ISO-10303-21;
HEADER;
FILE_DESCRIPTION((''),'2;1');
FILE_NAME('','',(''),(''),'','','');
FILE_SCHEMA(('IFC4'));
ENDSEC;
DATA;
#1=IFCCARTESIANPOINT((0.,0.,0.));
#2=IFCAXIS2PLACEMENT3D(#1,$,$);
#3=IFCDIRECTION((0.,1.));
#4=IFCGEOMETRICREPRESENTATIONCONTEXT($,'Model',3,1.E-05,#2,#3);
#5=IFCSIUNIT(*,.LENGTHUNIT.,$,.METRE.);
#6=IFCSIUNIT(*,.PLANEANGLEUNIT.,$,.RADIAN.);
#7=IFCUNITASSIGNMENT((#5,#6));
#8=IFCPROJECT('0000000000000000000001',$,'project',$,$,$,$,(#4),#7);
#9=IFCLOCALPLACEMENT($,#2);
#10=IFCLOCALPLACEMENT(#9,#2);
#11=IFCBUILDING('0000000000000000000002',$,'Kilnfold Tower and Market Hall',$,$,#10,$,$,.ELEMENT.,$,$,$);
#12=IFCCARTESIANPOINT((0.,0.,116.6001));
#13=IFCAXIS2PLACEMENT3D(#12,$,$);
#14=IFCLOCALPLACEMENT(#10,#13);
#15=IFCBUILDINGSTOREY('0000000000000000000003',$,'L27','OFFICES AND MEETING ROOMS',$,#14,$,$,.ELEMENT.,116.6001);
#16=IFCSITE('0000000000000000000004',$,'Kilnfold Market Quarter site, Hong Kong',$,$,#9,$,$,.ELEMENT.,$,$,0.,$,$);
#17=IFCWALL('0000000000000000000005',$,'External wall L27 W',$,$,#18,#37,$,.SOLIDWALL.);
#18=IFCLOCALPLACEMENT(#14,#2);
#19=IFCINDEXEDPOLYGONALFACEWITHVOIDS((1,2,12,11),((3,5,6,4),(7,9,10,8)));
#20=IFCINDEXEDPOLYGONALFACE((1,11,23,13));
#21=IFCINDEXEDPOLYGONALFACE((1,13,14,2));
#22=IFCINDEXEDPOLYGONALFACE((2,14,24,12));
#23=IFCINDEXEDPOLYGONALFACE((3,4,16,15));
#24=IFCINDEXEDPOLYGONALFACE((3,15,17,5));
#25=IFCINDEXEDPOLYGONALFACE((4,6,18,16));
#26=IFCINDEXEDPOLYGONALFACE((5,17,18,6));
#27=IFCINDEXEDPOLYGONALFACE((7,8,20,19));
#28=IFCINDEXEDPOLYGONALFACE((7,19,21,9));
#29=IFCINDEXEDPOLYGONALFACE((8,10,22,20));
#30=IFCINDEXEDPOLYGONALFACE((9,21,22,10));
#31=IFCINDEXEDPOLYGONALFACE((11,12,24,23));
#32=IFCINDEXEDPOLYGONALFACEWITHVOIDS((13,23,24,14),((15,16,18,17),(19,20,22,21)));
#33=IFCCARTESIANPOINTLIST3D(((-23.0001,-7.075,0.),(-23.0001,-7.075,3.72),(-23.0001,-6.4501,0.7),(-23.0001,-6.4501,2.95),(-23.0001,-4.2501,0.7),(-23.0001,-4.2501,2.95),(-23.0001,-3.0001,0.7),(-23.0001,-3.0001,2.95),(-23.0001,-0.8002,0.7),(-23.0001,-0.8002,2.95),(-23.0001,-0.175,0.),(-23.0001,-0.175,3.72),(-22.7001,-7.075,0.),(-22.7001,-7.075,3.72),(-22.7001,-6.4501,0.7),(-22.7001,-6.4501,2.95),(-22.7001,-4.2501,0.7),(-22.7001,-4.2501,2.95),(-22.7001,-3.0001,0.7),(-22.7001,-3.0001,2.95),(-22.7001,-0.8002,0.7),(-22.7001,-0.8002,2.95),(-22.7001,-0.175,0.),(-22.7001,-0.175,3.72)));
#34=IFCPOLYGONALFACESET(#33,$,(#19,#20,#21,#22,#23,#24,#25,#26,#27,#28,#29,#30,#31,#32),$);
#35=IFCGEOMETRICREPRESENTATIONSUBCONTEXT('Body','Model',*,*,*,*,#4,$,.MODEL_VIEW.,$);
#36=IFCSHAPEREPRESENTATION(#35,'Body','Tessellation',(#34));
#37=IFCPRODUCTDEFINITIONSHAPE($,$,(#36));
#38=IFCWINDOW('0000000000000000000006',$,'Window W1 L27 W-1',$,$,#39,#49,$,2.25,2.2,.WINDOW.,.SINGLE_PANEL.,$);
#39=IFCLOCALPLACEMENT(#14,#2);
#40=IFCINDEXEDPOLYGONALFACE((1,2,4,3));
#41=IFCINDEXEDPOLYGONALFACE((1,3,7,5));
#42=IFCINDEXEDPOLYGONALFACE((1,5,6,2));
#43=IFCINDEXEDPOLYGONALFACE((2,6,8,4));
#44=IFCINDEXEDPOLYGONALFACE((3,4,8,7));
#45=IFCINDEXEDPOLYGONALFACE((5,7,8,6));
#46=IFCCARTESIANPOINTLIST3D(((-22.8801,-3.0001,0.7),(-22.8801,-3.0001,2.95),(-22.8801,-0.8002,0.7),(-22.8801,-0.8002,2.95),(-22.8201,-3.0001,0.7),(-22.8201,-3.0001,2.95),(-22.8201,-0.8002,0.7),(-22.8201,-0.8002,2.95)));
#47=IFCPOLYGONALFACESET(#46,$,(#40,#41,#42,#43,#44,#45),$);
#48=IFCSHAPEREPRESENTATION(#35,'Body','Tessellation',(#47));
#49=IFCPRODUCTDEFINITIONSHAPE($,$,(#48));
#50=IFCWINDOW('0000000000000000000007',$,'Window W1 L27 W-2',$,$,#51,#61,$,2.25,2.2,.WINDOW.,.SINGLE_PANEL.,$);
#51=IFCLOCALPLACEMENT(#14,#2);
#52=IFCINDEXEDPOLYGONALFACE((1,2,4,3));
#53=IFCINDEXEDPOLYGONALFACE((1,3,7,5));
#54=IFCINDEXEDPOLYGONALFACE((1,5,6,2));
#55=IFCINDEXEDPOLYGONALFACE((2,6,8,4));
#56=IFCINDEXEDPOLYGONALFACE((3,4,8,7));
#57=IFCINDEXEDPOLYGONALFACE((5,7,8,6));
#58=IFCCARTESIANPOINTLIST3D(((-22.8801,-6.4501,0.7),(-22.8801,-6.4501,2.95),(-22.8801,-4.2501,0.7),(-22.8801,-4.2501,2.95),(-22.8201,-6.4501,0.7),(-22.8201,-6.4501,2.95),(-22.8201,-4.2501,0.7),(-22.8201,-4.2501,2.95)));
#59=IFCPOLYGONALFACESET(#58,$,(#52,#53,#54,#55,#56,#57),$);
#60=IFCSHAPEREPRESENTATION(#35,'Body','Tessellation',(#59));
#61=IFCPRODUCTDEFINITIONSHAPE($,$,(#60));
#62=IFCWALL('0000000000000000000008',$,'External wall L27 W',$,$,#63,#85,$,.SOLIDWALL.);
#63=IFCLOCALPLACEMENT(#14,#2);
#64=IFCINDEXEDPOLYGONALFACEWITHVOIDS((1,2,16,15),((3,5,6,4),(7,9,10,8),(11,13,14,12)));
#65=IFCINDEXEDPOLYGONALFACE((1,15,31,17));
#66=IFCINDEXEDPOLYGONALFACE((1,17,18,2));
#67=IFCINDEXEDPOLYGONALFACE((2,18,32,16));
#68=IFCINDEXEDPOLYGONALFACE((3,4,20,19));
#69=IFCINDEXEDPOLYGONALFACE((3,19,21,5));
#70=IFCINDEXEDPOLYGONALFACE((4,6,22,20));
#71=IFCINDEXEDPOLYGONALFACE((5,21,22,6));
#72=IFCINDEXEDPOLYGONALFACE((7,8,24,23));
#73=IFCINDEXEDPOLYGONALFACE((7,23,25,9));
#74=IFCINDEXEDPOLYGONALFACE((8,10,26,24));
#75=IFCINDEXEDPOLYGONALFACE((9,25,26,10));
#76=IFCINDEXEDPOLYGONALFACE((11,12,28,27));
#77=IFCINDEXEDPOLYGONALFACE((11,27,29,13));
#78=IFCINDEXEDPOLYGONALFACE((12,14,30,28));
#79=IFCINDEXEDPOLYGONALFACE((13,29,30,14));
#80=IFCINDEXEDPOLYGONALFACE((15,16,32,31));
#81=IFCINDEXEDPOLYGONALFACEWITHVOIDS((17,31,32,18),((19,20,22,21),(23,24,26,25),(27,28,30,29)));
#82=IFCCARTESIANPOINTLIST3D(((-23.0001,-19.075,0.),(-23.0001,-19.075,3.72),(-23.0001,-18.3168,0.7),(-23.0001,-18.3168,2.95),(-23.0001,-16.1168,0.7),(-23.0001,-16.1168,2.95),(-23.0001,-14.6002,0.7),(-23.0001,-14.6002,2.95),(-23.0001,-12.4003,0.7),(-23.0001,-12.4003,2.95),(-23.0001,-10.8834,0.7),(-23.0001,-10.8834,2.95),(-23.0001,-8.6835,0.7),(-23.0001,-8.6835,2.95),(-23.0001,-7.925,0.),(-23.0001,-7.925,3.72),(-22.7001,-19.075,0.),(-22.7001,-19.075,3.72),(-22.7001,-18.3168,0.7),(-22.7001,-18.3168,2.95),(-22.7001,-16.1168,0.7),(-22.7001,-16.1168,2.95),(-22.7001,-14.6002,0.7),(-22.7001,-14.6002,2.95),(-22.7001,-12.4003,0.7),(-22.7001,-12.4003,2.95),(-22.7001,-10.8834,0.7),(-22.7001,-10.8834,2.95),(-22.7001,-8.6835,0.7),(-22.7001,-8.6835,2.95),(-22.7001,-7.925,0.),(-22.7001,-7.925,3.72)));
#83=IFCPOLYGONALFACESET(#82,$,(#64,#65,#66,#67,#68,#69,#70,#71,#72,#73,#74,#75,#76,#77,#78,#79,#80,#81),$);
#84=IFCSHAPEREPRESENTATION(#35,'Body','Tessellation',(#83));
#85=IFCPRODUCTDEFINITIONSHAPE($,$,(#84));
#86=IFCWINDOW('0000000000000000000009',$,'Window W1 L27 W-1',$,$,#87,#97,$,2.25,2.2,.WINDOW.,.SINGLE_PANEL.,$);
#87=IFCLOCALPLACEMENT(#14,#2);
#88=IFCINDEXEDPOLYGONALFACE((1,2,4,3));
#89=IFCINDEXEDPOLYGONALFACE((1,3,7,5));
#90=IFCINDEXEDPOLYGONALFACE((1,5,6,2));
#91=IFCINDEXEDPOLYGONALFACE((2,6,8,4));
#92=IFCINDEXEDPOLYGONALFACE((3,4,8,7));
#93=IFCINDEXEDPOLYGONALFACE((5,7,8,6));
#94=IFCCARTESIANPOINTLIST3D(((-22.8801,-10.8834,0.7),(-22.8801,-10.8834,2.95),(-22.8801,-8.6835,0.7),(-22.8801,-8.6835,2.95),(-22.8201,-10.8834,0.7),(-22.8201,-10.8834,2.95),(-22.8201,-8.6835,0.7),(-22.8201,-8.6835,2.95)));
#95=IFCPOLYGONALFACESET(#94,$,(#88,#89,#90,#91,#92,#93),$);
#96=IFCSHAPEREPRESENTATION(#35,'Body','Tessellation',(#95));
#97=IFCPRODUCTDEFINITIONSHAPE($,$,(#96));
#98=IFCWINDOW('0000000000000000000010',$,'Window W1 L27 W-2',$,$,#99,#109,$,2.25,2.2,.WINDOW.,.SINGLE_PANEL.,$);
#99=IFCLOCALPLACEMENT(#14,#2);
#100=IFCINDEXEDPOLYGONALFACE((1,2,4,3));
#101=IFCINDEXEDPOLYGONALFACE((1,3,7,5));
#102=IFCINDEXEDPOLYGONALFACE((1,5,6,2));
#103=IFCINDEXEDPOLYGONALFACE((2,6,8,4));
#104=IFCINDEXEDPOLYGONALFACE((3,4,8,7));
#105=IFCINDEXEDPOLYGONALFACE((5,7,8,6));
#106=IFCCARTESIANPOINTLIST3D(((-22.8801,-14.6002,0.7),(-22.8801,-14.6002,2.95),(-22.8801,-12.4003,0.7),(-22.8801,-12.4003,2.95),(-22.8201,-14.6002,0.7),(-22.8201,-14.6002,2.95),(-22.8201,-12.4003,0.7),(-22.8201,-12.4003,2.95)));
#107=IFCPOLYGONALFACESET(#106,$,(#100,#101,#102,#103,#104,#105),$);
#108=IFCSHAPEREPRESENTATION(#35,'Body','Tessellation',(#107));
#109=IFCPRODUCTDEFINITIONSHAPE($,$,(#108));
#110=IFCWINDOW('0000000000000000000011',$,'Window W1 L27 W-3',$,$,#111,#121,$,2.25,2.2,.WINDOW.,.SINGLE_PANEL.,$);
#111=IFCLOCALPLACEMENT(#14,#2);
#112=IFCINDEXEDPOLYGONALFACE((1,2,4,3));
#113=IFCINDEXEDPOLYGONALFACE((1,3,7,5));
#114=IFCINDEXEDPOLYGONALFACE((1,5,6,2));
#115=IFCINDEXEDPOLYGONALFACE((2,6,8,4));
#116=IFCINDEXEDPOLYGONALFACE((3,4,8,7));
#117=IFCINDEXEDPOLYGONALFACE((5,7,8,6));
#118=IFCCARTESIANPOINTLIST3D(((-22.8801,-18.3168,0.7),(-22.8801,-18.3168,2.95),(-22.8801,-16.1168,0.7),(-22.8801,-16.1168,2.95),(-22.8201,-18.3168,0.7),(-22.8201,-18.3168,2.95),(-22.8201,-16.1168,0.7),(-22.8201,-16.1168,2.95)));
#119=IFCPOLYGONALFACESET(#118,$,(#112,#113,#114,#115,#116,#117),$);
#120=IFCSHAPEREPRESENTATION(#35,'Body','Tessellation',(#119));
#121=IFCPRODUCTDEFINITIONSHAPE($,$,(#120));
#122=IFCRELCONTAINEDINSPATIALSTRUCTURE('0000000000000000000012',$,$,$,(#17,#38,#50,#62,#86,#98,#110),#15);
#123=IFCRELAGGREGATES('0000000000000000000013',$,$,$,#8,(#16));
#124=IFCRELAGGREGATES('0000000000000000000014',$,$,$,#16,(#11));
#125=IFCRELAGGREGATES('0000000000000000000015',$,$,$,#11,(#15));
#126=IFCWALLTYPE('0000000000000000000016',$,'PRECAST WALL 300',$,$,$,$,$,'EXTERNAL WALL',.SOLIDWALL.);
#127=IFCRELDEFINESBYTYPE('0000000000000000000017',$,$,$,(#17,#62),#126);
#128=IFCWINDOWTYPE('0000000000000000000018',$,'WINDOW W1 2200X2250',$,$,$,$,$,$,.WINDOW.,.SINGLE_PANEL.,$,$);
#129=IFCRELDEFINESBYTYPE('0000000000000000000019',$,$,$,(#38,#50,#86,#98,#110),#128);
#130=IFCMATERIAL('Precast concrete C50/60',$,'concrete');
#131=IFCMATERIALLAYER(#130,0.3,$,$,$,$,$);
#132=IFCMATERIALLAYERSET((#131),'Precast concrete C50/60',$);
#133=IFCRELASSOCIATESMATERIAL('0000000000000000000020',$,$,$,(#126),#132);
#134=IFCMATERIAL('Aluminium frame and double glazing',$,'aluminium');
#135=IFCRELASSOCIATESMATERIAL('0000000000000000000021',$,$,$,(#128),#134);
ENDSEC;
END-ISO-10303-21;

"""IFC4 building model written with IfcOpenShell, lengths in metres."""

from ifc_helpers import new_model, si_unit, direction, frame, frame_2d, origin, place, context, subcontext, project, spatial, rectangle, extrude, source, transform, mapped, material, layer, layer_set, type_object, element, fill, save


model = new_model("IFC4")

# Units and contexts
model_context = context("Model", 3, precision=1e-05, world=origin(), true_north=direction((0.0, 1.0)))
body_context = subcontext(model_context, "Body", "Model", "MODEL_VIEW")
ifc_project = project(units=[si_unit("LENGTHUNIT", "METRE"), si_unit("PLANEANGLEUNIT", "RADIAN")], contexts=[model_context])

# Site, building, storey
site_placement = place(None, origin())
site = spatial("IfcSite", under=ifc_project, at=site_placement, Name="Kilnfold Market Quarter site, Hong Kong", CompositionType="ELEMENT", RefElevation=0.0)
building_placement = place(site_placement, origin())
building = spatial("IfcBuilding", under=site, at=building_placement, Name="Kilnfold Tower and Market Hall", CompositionType="ELEMENT")
storey_placement = place(building_placement, frame((0.0, 0.0, 116.6001)))
storey = spatial("IfcBuildingStorey", under=building, at=storey_placement, Name="L27", Description="OFFICES AND MEETING ROOMS", CompositionType="ELEMENT", Elevation=116.6001)

# Walls, openings, windows
ifc_material_1 = material(Name="Precast concrete C50/60", Category="concrete")
ifc_layer_1 = layer(ifc_material_1, 0.3)
ifc_layer_set_1 = layer_set([ifc_layer_1], Name="Precast concrete C50/60")
wall_type_1 = type_object("IfcWallType", Name="PRECAST WALL 300", ElementType="EXTERNAL WALL", PredefinedType="SOLIDWALL", material=ifc_layer_set_1)
shared_shape_1 = source(origin(), body_context, "Body", "SweptSolid", [
    extrude(rectangle(XDim=6.8999, YDim=0.3, at=frame_2d((3.45, 0.0))), origin(), (0.0, 0.0, 1.0), 3.72),
])
wall_1_placement = place(storey_placement, frame((-22.8501, -0.175, 0.0), z_axis=(0.0, 0.0, 1.0), x_axis=(0.0, -1.0, 0.0)))
wall_1 = element("IfcWall", 1, at=wall_1_placement, inside=storey, type_object=wall_type_1, Name="External wall L27 W", PredefinedType="SOLIDWALL", context=body_context, shape_type="MappedRepresentation", body=[
    mapped(shared_shape_1, transform((0.0, 0.0, 0.0))),
])
opening_1_placement = place(wall_1_placement, frame((0.625, 0.0, 0.7)))
opening_1 = element("IfcOpeningElement", 2, at=opening_1_placement, cuts=wall_1, PredefinedType="OPENING", context=body_context, shape_type="SweptSolid", body=[
    extrude(rectangle(XDim=2.2, YDim=2.25, at=frame_2d((1.1001, 1.125))), frame((0.0, 0.1602, 0.0), z_axis=(0.0, -1.0, 0.0), x_axis=(1.0, 0.0, 0.0)), (0.0, 0.0, 1.0), 0.3201),
])
opening_2_placement = place(wall_1_placement, frame((4.075, 0.0, 0.7)))
opening_2 = element("IfcOpeningElement", 3, at=opening_2_placement, cuts=wall_1, PredefinedType="OPENING", context=body_context, shape_type="SweptSolid", body=[
    extrude(rectangle(XDim=2.2, YDim=2.25, at=frame_2d((1.1001, 1.125))), frame((0.0, 0.1602, 0.0), z_axis=(0.0, -1.0, 0.0), x_axis=(1.0, 0.0, 0.0)), (0.0, 0.0, 1.0), 0.3201),
])
ifc_material_2 = material(Name="Aluminium frame and double glazing", Category="aluminium")
window_type = type_object("IfcWindowType", Name="WINDOW W1 2200X2250", PartitioningType="SINGLE_PANEL", PredefinedType="WINDOW", material=ifc_material_2)
window_1_placement = place(opening_1_placement, origin())
window_1 = element("IfcWindow", 4, at=window_1_placement, inside=storey, type_object=window_type, Name="Window W1 L27 W-1", OverallHeight=2.25, OverallWidth=2.2, PartitioningType="SINGLE_PANEL", PredefinedType="WINDOW", context=body_context, shape_type="SweptSolid", body=[
    extrude(rectangle(XDim=2.2, YDim=2.25, at=frame_2d((1.1001, 1.125))), frame((0.0, 0.03, 0.0), z_axis=(0.0, -1.0, 0.0), x_axis=(1.0, 0.0, 0.0)), (0.0, 0.0, 1.0), 0.0601),
])
fill(opening_1, window_1)
window_2_placement = place(opening_2_placement, origin())
window_2 = element("IfcWindow", 5, at=window_2_placement, inside=storey, type_object=window_type, Name="Window W1 L27 W-2", OverallHeight=2.25, OverallWidth=2.2, PartitioningType="SINGLE_PANEL", PredefinedType="WINDOW", context=body_context, shape_type="SweptSolid", body=[
    extrude(rectangle(XDim=2.2, YDim=2.25, at=frame_2d((1.1001, 1.125))), frame((0.0, 0.03, 0.0), z_axis=(0.0, -1.0, 0.0), x_axis=(1.0, 0.0, 0.0)), (0.0, 0.0, 1.0), 0.0601),
])
fill(opening_2, window_2)
shared_shape_2 = source(origin(), body_context, "Body", "SweptSolid", [
    extrude(rectangle(XDim=11.1499, YDim=0.3, at=frame_2d((5.575, 0.0))), origin(), (0.0, 0.0, 1.0), 3.72),
])
wall_2_placement = place(storey_placement, frame((-22.8501, -7.925, 0.0), z_axis=(0.0, 0.0, 1.0), x_axis=(0.0, -1.0, 0.0)))
wall_2 = element("IfcWall", 6, at=wall_2_placement, inside=storey, type_object=wall_type_1, Name="External wall L27 W", PredefinedType="SOLIDWALL", context=body_context, shape_type="MappedRepresentation", body=[
    mapped(shared_shape_2, transform((0.0, 0.0, 0.0))),
])
opening_3_placement = place(wall_2_placement, frame((0.7583, 0.0, 0.7)))
opening_3 = element("IfcOpeningElement", 7, at=opening_3_placement, cuts=wall_2, PredefinedType="OPENING", context=body_context, shape_type="SweptSolid", body=[
    extrude(rectangle(XDim=2.2, YDim=2.25, at=frame_2d((1.1001, 1.125))), frame((0.0, 0.1602, 0.0), z_axis=(0.0, -1.0, 0.0), x_axis=(1.0, 0.0, 0.0)), (0.0, 0.0, 1.0), 0.3201),
])
opening_4_placement = place(wall_2_placement, frame((4.4751, 0.0, 0.7)))
opening_4 = element("IfcOpeningElement", 8, at=opening_4_placement, cuts=wall_2, PredefinedType="OPENING", context=body_context, shape_type="SweptSolid", body=[
    extrude(rectangle(XDim=2.2, YDim=2.25, at=frame_2d((1.1001, 1.125))), frame((0.0, 0.1602, 0.0), z_axis=(0.0, -1.0, 0.0), x_axis=(1.0, 0.0, 0.0)), (0.0, 0.0, 1.0), 0.3201),
])
opening_5_placement = place(wall_2_placement, frame((8.1917, 0.0, 0.7)))
opening_5 = element("IfcOpeningElement", 9, at=opening_5_placement, cuts=wall_2, PredefinedType="OPENING", context=body_context, shape_type="SweptSolid", body=[
    extrude(rectangle(XDim=2.2, YDim=2.25, at=frame_2d((1.1001, 1.125))), frame((0.0, 0.1602, 0.0), z_axis=(0.0, -1.0, 0.0), x_axis=(1.0, 0.0, 0.0)), (0.0, 0.0, 1.0), 0.3201),
])
window_3_placement = place(opening_3_placement, origin())
window_3 = element("IfcWindow", 10, at=window_3_placement, inside=storey, type_object=window_type, Name="Window W1 L27 W-1", OverallHeight=2.25, OverallWidth=2.2, PartitioningType="SINGLE_PANEL", PredefinedType="WINDOW", context=body_context, shape_type="SweptSolid", body=[
    extrude(rectangle(XDim=2.2, YDim=2.25, at=frame_2d((1.1001, 1.125))), frame((0.0, 0.03, 0.0), z_axis=(0.0, -1.0, 0.0), x_axis=(1.0, 0.0, 0.0)), (0.0, 0.0, 1.0), 0.0601),
])
fill(opening_3, window_3)
window_4_placement = place(opening_4_placement, origin())
window_4 = element("IfcWindow", 11, at=window_4_placement, inside=storey, type_object=window_type, Name="Window W1 L27 W-2", OverallHeight=2.25, OverallWidth=2.2, PartitioningType="SINGLE_PANEL", PredefinedType="WINDOW", context=body_context, shape_type="SweptSolid", body=[
    extrude(rectangle(XDim=2.2, YDim=2.25, at=frame_2d((1.1001, 1.125))), frame((0.0, 0.03, 0.0), z_axis=(0.0, -1.0, 0.0), x_axis=(1.0, 0.0, 0.0)), (0.0, 0.0, 1.0), 0.0601),
])
fill(opening_4, window_4)
window_5_placement = place(opening_5_placement, origin())
window_5 = element("IfcWindow", 12, at=window_5_placement, inside=storey, type_object=window_type, Name="Window W1 L27 W-3", OverallHeight=2.25, OverallWidth=2.2, PartitioningType="SINGLE_PANEL", PredefinedType="WINDOW", context=body_context, shape_type="SweptSolid", body=[
    extrude(rectangle(XDim=2.2, YDim=2.25, at=frame_2d((1.1001, 1.125))), frame((0.0, 0.03, 0.0), z_axis=(0.0, -1.0, 0.0), x_axis=(1.0, 0.0, 0.0)), (0.0, 0.0, 1.0), 0.0601),
])
fill(opening_5, window_5)

save(model, "model.ifc")
